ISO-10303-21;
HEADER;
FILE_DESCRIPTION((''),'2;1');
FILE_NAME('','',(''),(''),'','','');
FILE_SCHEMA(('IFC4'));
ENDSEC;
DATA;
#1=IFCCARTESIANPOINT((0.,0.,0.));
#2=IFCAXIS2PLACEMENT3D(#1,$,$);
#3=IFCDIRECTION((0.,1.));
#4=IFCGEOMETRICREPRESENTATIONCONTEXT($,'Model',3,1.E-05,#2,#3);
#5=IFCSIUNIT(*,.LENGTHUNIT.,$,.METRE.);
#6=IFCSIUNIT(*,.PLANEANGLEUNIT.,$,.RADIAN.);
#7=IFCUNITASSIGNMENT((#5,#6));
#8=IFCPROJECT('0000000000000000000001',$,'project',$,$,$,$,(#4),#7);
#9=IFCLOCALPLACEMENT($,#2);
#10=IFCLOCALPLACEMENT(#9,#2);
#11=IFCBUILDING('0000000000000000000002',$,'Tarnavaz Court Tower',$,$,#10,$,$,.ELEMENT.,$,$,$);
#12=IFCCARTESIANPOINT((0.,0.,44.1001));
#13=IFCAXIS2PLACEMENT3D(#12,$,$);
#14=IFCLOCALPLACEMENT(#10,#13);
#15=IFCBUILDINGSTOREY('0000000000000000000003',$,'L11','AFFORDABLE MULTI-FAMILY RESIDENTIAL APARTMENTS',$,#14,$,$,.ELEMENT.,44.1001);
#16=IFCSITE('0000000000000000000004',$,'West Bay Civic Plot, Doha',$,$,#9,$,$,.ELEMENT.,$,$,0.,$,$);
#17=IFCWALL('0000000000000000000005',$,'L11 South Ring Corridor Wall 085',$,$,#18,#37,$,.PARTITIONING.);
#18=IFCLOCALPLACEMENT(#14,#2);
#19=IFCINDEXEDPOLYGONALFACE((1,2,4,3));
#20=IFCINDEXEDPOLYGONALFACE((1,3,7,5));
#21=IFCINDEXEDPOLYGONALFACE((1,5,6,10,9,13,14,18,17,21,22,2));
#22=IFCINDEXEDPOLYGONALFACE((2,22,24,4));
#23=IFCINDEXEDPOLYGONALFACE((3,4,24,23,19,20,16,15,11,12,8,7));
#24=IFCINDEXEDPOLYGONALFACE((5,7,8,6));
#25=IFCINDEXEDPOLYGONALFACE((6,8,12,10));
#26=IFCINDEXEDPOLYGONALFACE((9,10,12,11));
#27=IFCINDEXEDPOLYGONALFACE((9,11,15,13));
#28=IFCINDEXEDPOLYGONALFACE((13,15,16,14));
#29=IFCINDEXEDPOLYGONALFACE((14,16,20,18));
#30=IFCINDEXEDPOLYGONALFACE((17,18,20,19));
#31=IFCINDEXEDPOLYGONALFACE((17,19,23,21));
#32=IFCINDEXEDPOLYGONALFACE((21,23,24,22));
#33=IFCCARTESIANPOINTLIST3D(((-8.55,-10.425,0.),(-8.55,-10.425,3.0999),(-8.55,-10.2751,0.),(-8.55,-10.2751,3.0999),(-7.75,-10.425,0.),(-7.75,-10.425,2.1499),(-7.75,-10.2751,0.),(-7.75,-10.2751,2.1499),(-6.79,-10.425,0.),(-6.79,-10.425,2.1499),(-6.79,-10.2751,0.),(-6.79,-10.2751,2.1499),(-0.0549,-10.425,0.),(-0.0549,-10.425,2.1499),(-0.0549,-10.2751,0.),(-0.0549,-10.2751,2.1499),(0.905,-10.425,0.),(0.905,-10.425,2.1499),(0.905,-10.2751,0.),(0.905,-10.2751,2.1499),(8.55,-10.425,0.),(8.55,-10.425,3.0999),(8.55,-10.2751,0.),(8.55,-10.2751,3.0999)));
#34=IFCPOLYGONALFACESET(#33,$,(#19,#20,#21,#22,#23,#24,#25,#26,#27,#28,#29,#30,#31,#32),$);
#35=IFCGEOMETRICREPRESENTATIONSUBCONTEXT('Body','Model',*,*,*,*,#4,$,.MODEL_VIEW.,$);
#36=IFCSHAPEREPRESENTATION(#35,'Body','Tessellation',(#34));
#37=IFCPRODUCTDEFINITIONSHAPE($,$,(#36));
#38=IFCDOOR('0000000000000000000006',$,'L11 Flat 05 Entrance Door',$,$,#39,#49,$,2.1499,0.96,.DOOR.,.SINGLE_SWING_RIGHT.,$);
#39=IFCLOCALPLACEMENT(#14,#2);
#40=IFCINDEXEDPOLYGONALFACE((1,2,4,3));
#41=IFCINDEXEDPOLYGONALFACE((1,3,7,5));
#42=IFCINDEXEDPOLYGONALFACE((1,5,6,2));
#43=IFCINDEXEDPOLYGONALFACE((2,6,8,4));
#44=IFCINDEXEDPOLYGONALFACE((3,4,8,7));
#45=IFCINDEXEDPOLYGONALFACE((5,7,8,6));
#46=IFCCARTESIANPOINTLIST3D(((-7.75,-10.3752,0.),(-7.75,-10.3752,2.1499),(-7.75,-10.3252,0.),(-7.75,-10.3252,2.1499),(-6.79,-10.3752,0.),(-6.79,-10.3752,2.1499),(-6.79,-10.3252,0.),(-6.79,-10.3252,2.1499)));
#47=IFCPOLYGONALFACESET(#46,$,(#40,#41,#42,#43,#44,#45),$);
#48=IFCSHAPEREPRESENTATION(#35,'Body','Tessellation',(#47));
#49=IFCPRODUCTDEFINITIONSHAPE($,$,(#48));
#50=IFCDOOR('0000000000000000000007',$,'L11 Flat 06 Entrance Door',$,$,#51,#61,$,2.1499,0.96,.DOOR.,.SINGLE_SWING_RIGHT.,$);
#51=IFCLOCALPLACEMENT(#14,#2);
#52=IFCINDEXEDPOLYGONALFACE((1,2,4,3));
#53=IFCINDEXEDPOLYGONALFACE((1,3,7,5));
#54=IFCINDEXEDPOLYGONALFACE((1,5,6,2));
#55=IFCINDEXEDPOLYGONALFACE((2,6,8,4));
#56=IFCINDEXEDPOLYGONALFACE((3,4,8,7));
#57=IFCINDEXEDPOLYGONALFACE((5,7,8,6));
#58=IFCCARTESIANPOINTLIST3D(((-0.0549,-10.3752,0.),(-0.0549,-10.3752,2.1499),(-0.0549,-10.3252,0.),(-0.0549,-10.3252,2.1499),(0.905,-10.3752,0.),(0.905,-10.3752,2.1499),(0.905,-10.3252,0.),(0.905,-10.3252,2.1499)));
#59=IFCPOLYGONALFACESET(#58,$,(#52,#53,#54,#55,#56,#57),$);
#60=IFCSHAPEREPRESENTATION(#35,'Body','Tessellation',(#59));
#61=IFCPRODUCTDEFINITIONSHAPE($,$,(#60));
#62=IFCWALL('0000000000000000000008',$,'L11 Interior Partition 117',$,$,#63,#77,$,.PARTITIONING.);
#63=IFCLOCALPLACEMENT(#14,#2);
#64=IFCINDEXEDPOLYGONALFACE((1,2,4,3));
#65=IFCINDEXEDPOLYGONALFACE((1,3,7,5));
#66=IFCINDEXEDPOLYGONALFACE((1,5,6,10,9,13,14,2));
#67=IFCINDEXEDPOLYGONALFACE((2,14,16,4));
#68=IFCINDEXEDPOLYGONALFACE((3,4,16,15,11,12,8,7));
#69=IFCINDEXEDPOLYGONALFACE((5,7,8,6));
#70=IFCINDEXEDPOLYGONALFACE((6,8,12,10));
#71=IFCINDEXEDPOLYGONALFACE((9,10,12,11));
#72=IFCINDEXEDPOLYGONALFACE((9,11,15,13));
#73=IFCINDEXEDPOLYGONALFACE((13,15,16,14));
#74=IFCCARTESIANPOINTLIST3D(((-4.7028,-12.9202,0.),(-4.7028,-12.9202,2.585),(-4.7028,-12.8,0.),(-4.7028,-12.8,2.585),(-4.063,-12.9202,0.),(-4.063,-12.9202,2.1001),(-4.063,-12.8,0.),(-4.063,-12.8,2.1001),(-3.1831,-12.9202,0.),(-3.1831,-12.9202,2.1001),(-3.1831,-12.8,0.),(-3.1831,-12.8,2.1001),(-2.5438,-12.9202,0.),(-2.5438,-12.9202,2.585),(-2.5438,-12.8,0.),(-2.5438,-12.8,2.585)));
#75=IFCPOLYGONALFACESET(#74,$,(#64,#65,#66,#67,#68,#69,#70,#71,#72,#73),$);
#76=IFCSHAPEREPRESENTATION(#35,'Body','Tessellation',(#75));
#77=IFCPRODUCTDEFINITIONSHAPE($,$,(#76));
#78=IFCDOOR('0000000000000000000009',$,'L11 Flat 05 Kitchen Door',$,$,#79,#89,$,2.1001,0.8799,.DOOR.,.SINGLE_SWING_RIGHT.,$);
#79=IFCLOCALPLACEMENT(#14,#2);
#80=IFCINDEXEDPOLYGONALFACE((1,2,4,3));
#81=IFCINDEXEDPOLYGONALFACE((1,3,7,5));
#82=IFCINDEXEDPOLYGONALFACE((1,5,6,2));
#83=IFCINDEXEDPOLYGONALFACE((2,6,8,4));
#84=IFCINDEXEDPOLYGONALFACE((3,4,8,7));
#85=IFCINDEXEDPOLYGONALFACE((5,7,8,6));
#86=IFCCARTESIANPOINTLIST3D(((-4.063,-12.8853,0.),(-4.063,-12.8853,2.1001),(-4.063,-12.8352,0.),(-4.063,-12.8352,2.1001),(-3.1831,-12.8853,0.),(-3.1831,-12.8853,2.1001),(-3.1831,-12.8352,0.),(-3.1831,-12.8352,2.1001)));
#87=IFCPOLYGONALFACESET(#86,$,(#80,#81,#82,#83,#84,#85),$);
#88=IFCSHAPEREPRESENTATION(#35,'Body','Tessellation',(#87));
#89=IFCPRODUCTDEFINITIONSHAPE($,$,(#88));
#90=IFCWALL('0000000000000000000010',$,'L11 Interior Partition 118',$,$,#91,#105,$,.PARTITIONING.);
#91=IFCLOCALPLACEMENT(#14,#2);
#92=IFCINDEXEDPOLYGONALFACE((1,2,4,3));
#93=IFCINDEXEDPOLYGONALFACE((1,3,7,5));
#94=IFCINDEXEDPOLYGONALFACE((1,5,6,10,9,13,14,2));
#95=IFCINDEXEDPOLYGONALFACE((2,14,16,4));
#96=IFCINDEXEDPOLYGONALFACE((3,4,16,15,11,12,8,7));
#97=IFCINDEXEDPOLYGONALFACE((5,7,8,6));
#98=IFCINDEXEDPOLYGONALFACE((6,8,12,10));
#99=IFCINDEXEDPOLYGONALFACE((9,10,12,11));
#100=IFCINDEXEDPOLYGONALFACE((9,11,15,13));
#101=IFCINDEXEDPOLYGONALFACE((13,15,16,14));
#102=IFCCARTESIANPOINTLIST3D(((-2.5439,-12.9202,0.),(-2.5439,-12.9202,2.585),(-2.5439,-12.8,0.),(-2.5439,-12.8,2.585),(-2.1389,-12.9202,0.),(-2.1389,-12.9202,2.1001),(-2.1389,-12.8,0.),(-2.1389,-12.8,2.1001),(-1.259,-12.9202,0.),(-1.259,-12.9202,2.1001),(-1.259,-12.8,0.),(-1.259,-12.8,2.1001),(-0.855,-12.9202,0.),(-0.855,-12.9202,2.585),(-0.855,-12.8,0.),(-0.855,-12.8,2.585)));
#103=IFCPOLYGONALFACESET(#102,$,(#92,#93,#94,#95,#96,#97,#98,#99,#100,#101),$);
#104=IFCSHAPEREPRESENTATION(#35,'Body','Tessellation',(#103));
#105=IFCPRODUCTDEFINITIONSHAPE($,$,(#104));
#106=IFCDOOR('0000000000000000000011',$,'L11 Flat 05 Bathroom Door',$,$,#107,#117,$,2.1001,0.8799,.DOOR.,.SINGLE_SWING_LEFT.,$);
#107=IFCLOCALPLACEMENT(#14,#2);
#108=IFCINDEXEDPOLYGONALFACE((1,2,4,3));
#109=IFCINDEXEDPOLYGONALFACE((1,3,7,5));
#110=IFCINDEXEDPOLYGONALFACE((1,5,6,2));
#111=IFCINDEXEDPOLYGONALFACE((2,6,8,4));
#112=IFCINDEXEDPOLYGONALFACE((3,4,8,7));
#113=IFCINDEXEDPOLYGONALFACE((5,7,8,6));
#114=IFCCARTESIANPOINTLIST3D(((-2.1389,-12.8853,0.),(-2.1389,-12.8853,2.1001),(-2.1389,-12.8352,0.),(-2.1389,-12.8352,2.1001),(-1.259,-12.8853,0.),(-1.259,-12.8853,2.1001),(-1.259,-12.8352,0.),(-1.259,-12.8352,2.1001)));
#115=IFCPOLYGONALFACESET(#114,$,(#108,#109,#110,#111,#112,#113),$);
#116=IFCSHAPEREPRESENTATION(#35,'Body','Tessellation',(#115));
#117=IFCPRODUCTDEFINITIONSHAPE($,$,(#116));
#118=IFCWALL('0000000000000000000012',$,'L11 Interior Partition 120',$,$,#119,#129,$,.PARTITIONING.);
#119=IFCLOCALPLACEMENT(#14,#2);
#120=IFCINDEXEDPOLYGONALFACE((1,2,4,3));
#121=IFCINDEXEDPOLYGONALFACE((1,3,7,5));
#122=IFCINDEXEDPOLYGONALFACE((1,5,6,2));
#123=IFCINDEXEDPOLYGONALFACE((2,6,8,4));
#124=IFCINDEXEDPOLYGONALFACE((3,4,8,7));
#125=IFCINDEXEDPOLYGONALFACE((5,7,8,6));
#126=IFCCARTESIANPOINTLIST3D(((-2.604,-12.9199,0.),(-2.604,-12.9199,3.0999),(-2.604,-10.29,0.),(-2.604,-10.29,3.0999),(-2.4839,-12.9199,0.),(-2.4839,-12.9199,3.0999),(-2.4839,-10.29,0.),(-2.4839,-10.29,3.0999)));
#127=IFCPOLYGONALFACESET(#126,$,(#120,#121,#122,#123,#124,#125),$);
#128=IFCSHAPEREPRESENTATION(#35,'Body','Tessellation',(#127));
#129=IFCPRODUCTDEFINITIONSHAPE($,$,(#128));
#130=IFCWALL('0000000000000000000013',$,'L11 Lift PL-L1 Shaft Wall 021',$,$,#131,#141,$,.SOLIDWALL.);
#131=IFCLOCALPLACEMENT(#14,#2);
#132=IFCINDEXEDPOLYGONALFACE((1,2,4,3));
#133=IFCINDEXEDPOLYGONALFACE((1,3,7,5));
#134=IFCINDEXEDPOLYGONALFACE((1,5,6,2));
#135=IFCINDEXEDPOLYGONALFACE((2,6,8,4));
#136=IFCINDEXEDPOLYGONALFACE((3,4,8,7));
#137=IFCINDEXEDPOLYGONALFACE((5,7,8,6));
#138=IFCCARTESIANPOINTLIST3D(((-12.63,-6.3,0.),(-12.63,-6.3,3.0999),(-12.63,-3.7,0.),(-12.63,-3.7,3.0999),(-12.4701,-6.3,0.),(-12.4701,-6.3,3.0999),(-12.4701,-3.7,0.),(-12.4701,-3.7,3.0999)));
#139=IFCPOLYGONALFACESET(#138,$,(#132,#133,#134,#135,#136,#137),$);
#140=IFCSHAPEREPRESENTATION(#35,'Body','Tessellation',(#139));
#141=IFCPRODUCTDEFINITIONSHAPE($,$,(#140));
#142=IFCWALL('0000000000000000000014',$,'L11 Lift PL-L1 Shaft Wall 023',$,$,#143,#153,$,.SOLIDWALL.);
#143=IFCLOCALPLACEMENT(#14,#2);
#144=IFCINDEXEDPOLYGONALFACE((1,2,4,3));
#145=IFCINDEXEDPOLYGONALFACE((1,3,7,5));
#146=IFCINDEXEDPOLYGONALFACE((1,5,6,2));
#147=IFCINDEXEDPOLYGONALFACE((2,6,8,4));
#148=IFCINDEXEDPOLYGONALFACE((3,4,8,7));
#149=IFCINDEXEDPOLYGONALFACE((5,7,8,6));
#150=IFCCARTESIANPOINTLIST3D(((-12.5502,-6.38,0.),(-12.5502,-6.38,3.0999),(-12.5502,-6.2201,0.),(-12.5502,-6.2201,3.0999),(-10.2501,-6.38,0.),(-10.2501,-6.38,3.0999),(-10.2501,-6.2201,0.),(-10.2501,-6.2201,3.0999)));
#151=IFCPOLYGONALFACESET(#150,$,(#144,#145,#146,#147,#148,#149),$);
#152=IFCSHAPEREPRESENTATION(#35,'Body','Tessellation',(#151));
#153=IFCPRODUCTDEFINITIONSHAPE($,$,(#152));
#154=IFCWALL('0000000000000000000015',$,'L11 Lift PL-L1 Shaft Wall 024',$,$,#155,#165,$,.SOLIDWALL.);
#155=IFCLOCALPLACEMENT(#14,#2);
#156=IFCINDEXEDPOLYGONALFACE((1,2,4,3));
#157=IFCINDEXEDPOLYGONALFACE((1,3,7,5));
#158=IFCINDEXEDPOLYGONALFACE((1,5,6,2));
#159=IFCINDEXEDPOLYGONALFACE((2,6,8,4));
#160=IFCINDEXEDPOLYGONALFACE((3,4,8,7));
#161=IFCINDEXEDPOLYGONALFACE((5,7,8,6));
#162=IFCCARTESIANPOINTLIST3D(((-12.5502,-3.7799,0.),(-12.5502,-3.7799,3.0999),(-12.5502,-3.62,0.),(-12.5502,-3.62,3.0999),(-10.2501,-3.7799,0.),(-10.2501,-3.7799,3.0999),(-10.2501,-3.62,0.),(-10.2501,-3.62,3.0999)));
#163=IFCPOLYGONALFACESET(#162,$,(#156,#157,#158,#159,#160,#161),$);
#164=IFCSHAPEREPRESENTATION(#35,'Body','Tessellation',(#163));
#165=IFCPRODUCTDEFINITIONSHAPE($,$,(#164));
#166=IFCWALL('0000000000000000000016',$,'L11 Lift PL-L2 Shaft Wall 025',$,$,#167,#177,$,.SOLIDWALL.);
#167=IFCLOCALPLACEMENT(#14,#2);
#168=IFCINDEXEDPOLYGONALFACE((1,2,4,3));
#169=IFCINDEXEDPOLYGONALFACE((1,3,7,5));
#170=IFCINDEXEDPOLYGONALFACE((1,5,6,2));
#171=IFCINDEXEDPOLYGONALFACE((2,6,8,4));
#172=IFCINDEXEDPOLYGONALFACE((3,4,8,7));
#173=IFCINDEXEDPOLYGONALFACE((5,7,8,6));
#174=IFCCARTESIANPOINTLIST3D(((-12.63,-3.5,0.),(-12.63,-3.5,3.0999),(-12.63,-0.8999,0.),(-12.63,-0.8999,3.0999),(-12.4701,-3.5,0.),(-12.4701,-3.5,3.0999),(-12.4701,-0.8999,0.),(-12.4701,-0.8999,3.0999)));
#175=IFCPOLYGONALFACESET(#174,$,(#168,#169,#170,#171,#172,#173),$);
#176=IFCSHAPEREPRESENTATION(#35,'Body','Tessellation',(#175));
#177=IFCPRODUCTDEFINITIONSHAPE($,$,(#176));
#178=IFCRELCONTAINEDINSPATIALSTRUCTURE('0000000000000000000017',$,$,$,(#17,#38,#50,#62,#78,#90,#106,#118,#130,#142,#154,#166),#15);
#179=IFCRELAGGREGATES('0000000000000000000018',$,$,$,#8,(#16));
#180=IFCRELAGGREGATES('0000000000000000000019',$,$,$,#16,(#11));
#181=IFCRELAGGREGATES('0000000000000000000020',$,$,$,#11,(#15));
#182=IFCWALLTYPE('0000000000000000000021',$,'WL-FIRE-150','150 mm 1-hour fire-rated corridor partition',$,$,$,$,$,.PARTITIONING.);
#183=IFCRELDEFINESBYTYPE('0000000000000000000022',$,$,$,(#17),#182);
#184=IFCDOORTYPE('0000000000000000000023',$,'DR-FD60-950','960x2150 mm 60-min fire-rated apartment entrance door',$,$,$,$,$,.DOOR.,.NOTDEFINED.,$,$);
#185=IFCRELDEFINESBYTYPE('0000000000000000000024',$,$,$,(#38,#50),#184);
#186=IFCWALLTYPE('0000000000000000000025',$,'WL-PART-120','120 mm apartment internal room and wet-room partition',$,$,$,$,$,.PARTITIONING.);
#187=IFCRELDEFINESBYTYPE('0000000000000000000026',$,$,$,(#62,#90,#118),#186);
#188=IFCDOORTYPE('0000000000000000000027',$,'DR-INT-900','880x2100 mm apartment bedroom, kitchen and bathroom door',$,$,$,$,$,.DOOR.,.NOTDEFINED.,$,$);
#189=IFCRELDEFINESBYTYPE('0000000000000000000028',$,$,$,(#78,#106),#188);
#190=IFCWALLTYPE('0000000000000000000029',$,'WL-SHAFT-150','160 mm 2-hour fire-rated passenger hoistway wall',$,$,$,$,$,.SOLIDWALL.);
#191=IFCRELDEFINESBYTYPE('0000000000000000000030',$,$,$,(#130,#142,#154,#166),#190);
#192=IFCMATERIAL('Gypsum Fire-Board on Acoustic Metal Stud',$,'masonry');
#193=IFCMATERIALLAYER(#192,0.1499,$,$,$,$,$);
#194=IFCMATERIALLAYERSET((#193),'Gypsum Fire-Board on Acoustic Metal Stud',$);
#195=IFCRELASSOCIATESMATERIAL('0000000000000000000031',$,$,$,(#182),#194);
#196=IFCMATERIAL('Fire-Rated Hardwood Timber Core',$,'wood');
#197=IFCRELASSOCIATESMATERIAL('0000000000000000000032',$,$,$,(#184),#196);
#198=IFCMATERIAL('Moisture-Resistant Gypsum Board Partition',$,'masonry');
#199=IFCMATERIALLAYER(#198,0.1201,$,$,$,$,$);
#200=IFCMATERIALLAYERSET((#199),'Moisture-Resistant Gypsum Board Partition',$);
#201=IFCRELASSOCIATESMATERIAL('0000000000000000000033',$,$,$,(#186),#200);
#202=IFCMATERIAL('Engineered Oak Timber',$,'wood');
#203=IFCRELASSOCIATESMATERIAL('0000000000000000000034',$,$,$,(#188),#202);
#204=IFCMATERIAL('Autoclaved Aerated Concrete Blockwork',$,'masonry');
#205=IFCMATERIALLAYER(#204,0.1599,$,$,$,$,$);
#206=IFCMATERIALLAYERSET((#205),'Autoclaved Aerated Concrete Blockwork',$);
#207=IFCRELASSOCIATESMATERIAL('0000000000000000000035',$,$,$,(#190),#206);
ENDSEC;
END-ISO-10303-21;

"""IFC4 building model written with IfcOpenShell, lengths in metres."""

from ifc_helpers import new_model, si_unit, direction, frame, frame_2d, origin, place, context, subcontext, project, spatial, rectangle, extrude, material, layer, layer_set, type_object, element, fill, save


model = new_model("IFC4")

# Units and contexts
model_context = context("Model", 3, precision=1e-05, world=origin(), true_north=direction((0.0, 1.0)))
body_context = subcontext(model_context, "Body", "Model", "MODEL_VIEW")
ifc_project = project(units=[si_unit("LENGTHUNIT", "METRE"), si_unit("PLANEANGLEUNIT", "RADIAN")], contexts=[model_context])

# Site, building, storey
site_placement = place(None, origin())
site = spatial("IfcSite", under=ifc_project, at=site_placement, Name="West Bay Civic Plot, Doha", CompositionType="ELEMENT", RefElevation=0.0)
building_placement = place(site_placement, origin())
building = spatial("IfcBuilding", under=site, at=building_placement, Name="Tarnavaz Court Tower", CompositionType="ELEMENT")
storey_placement = place(building_placement, frame((0.0, 0.0, 44.1001)))
storey = spatial("IfcBuildingStorey", under=building, at=storey_placement, Name="L11", Description="AFFORDABLE MULTI-FAMILY RESIDENTIAL APARTMENTS", CompositionType="ELEMENT", Elevation=44.1001)

# Wall, openings, doors
ifc_material_1 = material(Name="Gypsum Fire-Board on Acoustic Metal Stud", Category="masonry")
ifc_layer_1 = layer(ifc_material_1, 0.1499)
ifc_layer_set_1 = layer_set([ifc_layer_1], Name="Gypsum Fire-Board on Acoustic Metal Stud")
wall_type_1 = type_object("IfcWallType", Name="WL-FIRE-150", Description="150 mm 1-hour fire-rated corridor partition", PredefinedType="PARTITIONING", material=ifc_layer_set_1)
wall_1_placement = place(storey_placement, frame((-8.55, -10.3501, 0.0), z_axis=(0.0, 0.0, 1.0), x_axis=(1.0, 0.0, 0.0)))
wall_1 = element("IfcWall", 1, at=wall_1_placement, inside=storey, type_object=wall_type_1, Name="L11 South Ring Corridor Wall 085", PredefinedType="PARTITIONING", context=body_context, shape_type="SweptSolid", body=[
    extrude(rectangle(XDim=17.1001, YDim=0.1499, at=frame_2d((8.55, 0.0))), origin(), (0.0, 0.0, 1.0), 3.0999),
])
opening_1_placement = place(wall_1_placement, frame((0.8, 0.0, 0.0)))
opening_1 = element("IfcOpeningElement", 2, at=opening_1_placement, cuts=wall_1, PredefinedType="OPENING", context=body_context, shape_type="SweptSolid", body=[
    extrude(rectangle(XDim=0.96, YDim=2.1499, at=frame_2d((0.48, 1.075))), frame((0.0, 0.085, 0.0), z_axis=(0.0, -1.0, 0.0), x_axis=(1.0, 0.0, 0.0)), (0.0, 0.0, 1.0), 0.1699),
])
opening_2_placement = place(wall_1_placement, frame((8.4951, 0.0, 0.0)))
opening_2 = element("IfcOpeningElement", 3, at=opening_2_placement, cuts=wall_1, PredefinedType="OPENING", context=body_context, shape_type="SweptSolid", body=[
    extrude(rectangle(XDim=0.96, YDim=2.1499, at=frame_2d((0.48, 1.075))), frame((0.0, 0.085, 0.0), z_axis=(0.0, -1.0, 0.0), x_axis=(1.0, 0.0, 0.0)), (0.0, 0.0, 1.0), 0.1699),
])
ifc_material_2 = material(Name="Fire-Rated Hardwood Timber Core", Category="wood")
door_type_1 = type_object("IfcDoorType", Name="DR-FD60-950", Description="960x2150 mm 60-min fire-rated apartment entrance door", OperationType="NOTDEFINED", PredefinedType="DOOR", material=ifc_material_2)
door_1_placement = place(opening_1_placement, origin())
door_1 = element("IfcDoor", 4, at=door_1_placement, inside=storey, type_object=door_type_1, Name="L11 Flat 05 Entrance Door", OperationType="SINGLE_SWING_RIGHT", OverallHeight=2.1499, OverallWidth=0.96, PredefinedType="DOOR", context=body_context, shape_type="SweptSolid", body=[
    extrude(rectangle(XDim=0.96, YDim=2.1499, at=frame_2d((0.48, 1.075))), frame((0.0, 0.0249, 0.0), z_axis=(0.0, -1.0, 0.0), x_axis=(1.0, 0.0, 0.0)), (0.0, 0.0, 1.0), 0.05),
])
fill(opening_1, door_1)
door_2_placement = place(opening_2_placement, origin())
door_2 = element("IfcDoor", 5, at=door_2_placement, inside=storey, type_object=door_type_1, Name="L11 Flat 06 Entrance Door", OperationType="SINGLE_SWING_RIGHT", OverallHeight=2.1499, OverallWidth=0.96, PredefinedType="DOOR", context=body_context, shape_type="SweptSolid", body=[
    extrude(rectangle(XDim=0.96, YDim=2.1499, at=frame_2d((0.48, 1.075))), frame((0.0, 0.0249, 0.0), z_axis=(0.0, -1.0, 0.0), x_axis=(1.0, 0.0, 0.0)), (0.0, 0.0, 1.0), 0.05),
])
fill(opening_2, door_2)

# Walls, openings, doors
ifc_material_3 = material(Name="Moisture-Resistant Gypsum Board Partition", Category="masonry")
ifc_layer_2 = layer(ifc_material_3, 0.1201)
ifc_layer_set_2 = layer_set([ifc_layer_2], Name="Moisture-Resistant Gypsum Board Partition")
wall_type_2 = type_object("IfcWallType", Name="WL-PART-120", Description="120 mm apartment internal room and wet-room partition", PredefinedType="PARTITIONING", material=ifc_layer_set_2)
wall_2_placement = place(storey_placement, frame((-4.7029, -12.8601, 0.0), z_axis=(0.0, 0.0, 1.0), x_axis=(1.0, 0.0, 0.0)))
wall_2 = element("IfcWall", 6, at=wall_2_placement, inside=storey, type_object=wall_type_2, Name="L11 Interior Partition 117", PredefinedType="PARTITIONING", context=body_context, shape_type="SweptSolid", body=[
    extrude(rectangle(XDim=2.1589, YDim=0.1201, at=frame_2d((1.0796, 0.0))), origin(), (0.0, 0.0, 1.0), 2.585),
])
opening_3_placement = place(wall_2_placement, frame((0.6399, 0.0, 0.0)))
opening_3 = element("IfcOpeningElement", 7, at=opening_3_placement, cuts=wall_2, PredefinedType="OPENING", context=body_context, shape_type="SweptSolid", body=[
    extrude(rectangle(XDim=0.8799, YDim=2.1001, at=frame_2d((0.4399, 1.05))), frame((0.0, 0.0701, 0.0), z_axis=(0.0, -1.0, 0.0), x_axis=(1.0, 0.0, 0.0)), (0.0, 0.0, 1.0), 0.1401),
])
ifc_material_4 = material(Name="Engineered Oak Timber", Category="wood")
door_type_2 = type_object("IfcDoorType", Name="DR-INT-900", Description="880x2100 mm apartment bedroom, kitchen and bathroom door", OperationType="NOTDEFINED", PredefinedType="DOOR", material=ifc_material_4)
door_3_placement = place(opening_3_placement, origin())
door_3 = element("IfcDoor", 8, at=door_3_placement, inside=storey, type_object=door_type_2, Name="L11 Flat 05 Kitchen Door", OperationType="SINGLE_SWING_RIGHT", OverallHeight=2.1001, OverallWidth=0.8799, PredefinedType="DOOR", context=body_context, shape_type="SweptSolid", body=[
    extrude(rectangle(XDim=0.8799, YDim=2.1001, at=frame_2d((0.4399, 1.05))), frame((0.0, 0.0249, 0.0), z_axis=(0.0, -1.0, 0.0), x_axis=(1.0, 0.0, 0.0)), (0.0, 0.0, 1.0), 0.05),
])
fill(opening_3, door_3)
wall_3_placement = place(storey_placement, frame((-2.5439, -12.8601, 0.0), z_axis=(0.0, 0.0, 1.0), x_axis=(1.0, 0.0, 0.0)))
wall_3 = element("IfcWall", 9, at=wall_3_placement, inside=storey, type_object=wall_type_2, Name="L11 Interior Partition 118", PredefinedType="PARTITIONING", context=body_context, shape_type="SweptSolid", body=[
    extrude(rectangle(XDim=1.689, YDim=0.1201, at=frame_2d((0.8445, 0.0))), origin(), (0.0, 0.0, 1.0), 2.585),
])
opening_4_placement = place(wall_3_placement, frame((0.405, 0.0, 0.0)))
opening_4 = element("IfcOpeningElement", 10, at=opening_4_placement, cuts=wall_3, PredefinedType="OPENING", context=body_context, shape_type="SweptSolid", body=[
    extrude(rectangle(XDim=0.8799, YDim=2.1001, at=frame_2d((0.4399, 1.05))), frame((0.0, 0.0701, 0.0), z_axis=(0.0, -1.0, 0.0), x_axis=(1.0, 0.0, 0.0)), (0.0, 0.0, 1.0), 0.1401),
])
door_4_placement = place(opening_4_placement, origin())
door_4 = element("IfcDoor", 11, at=door_4_placement, inside=storey, type_object=door_type_2, Name="L11 Flat 05 Bathroom Door", OperationType="SINGLE_SWING_LEFT", OverallHeight=2.1001, OverallWidth=0.8799, PredefinedType="DOOR", context=body_context, shape_type="SweptSolid", body=[
    extrude(rectangle(XDim=0.8799, YDim=2.1001, at=frame_2d((0.4399, 1.05))), frame((0.0, 0.0249, 0.0), z_axis=(0.0, -1.0, 0.0), x_axis=(1.0, 0.0, 0.0)), (0.0, 0.0, 1.0), 0.05),
])
fill(opening_4, door_4)

# Walls
wall_4_placement = place(storey_placement, frame((-2.5439, -12.9199, 0.0), z_axis=(0.0, 0.0, 1.0), x_axis=(0.0, 1.0, 0.0)))
element("IfcWall", 12, at=wall_4_placement, inside=storey, type_object=wall_type_2, Name="L11 Interior Partition 120", PredefinedType="PARTITIONING", context=body_context, shape_type="SweptSolid", body=[
    extrude(rectangle(XDim=2.6299, YDim=0.1201, at=frame_2d((1.3149, 0.0))), origin(), (0.0, 0.0, 1.0), 3.0999),
])
ifc_material_5 = material(Name="Autoclaved Aerated Concrete Blockwork", Category="masonry")
ifc_layer_3 = layer(ifc_material_5, 0.1599)
ifc_layer_set_3 = layer_set([ifc_layer_3], Name="Autoclaved Aerated Concrete Blockwork")
wall_type_3 = type_object("IfcWallType", Name="WL-SHAFT-150", Description="160 mm 2-hour fire-rated passenger hoistway wall", PredefinedType="SOLIDWALL", material=ifc_layer_set_3)
wall_5_placement = place(storey_placement, frame((-12.55, -6.3, 0.0), z_axis=(0.0, 0.0, 1.0), x_axis=(0.0, 1.0, 0.0)))
element("IfcWall", 13, at=wall_5_placement, inside=storey, type_object=wall_type_3, Name="L11 Lift PL-L1 Shaft Wall 021", PredefinedType="SOLIDWALL", context=body_context, shape_type="SweptSolid", body=[
    extrude(rectangle(XDim=2.6001, YDim=0.1599, at=frame_2d((1.3, 0.0))), origin(), (0.0, 0.0, 1.0), 3.0999),
])

# Walls
for number, where, z_axis, x_axis, name in (
    (14, (-12.55, -6.3, 0.0), (0.0, 0.0, 1.0), (1.0, 0.0, 0.0), "L11 Lift PL-L1 Shaft Wall 023"),
    (15, (-12.55, -3.7, 0.0), (0.0, 0.0, 1.0), (1.0, 0.0, 0.0), "L11 Lift PL-L1 Shaft Wall 024"),
):
    element("IfcWall", number, at=place(storey_placement, frame(where, z_axis=z_axis, x_axis=x_axis)), inside=storey, type_object=wall_type_3, Name=name, PredefinedType="SOLIDWALL", context=body_context, shape_type="SweptSolid", body=[
        extrude(rectangle(XDim=2.3, YDim=0.1599, at=frame_2d((1.1499, 0.0))), origin(), (0.0, 0.0, 1.0), 3.0999),
    ])
wall_6_placement = place(storey_placement, frame((-12.55, -3.5, 0.0), z_axis=(0.0, 0.0, 1.0), x_axis=(0.0, 1.0, 0.0)))
element("IfcWall", 16, at=wall_6_placement, inside=storey, type_object=wall_type_3, Name="L11 Lift PL-L2 Shaft Wall 025", PredefinedType="SOLIDWALL", context=body_context, shape_type="SweptSolid", body=[
    extrude(rectangle(XDim=2.6001, YDim=0.1599, at=frame_2d((1.3, 0.0))), origin(), (0.0, 0.0, 1.0), 3.0999),
])

save(model, "model.ifc")
